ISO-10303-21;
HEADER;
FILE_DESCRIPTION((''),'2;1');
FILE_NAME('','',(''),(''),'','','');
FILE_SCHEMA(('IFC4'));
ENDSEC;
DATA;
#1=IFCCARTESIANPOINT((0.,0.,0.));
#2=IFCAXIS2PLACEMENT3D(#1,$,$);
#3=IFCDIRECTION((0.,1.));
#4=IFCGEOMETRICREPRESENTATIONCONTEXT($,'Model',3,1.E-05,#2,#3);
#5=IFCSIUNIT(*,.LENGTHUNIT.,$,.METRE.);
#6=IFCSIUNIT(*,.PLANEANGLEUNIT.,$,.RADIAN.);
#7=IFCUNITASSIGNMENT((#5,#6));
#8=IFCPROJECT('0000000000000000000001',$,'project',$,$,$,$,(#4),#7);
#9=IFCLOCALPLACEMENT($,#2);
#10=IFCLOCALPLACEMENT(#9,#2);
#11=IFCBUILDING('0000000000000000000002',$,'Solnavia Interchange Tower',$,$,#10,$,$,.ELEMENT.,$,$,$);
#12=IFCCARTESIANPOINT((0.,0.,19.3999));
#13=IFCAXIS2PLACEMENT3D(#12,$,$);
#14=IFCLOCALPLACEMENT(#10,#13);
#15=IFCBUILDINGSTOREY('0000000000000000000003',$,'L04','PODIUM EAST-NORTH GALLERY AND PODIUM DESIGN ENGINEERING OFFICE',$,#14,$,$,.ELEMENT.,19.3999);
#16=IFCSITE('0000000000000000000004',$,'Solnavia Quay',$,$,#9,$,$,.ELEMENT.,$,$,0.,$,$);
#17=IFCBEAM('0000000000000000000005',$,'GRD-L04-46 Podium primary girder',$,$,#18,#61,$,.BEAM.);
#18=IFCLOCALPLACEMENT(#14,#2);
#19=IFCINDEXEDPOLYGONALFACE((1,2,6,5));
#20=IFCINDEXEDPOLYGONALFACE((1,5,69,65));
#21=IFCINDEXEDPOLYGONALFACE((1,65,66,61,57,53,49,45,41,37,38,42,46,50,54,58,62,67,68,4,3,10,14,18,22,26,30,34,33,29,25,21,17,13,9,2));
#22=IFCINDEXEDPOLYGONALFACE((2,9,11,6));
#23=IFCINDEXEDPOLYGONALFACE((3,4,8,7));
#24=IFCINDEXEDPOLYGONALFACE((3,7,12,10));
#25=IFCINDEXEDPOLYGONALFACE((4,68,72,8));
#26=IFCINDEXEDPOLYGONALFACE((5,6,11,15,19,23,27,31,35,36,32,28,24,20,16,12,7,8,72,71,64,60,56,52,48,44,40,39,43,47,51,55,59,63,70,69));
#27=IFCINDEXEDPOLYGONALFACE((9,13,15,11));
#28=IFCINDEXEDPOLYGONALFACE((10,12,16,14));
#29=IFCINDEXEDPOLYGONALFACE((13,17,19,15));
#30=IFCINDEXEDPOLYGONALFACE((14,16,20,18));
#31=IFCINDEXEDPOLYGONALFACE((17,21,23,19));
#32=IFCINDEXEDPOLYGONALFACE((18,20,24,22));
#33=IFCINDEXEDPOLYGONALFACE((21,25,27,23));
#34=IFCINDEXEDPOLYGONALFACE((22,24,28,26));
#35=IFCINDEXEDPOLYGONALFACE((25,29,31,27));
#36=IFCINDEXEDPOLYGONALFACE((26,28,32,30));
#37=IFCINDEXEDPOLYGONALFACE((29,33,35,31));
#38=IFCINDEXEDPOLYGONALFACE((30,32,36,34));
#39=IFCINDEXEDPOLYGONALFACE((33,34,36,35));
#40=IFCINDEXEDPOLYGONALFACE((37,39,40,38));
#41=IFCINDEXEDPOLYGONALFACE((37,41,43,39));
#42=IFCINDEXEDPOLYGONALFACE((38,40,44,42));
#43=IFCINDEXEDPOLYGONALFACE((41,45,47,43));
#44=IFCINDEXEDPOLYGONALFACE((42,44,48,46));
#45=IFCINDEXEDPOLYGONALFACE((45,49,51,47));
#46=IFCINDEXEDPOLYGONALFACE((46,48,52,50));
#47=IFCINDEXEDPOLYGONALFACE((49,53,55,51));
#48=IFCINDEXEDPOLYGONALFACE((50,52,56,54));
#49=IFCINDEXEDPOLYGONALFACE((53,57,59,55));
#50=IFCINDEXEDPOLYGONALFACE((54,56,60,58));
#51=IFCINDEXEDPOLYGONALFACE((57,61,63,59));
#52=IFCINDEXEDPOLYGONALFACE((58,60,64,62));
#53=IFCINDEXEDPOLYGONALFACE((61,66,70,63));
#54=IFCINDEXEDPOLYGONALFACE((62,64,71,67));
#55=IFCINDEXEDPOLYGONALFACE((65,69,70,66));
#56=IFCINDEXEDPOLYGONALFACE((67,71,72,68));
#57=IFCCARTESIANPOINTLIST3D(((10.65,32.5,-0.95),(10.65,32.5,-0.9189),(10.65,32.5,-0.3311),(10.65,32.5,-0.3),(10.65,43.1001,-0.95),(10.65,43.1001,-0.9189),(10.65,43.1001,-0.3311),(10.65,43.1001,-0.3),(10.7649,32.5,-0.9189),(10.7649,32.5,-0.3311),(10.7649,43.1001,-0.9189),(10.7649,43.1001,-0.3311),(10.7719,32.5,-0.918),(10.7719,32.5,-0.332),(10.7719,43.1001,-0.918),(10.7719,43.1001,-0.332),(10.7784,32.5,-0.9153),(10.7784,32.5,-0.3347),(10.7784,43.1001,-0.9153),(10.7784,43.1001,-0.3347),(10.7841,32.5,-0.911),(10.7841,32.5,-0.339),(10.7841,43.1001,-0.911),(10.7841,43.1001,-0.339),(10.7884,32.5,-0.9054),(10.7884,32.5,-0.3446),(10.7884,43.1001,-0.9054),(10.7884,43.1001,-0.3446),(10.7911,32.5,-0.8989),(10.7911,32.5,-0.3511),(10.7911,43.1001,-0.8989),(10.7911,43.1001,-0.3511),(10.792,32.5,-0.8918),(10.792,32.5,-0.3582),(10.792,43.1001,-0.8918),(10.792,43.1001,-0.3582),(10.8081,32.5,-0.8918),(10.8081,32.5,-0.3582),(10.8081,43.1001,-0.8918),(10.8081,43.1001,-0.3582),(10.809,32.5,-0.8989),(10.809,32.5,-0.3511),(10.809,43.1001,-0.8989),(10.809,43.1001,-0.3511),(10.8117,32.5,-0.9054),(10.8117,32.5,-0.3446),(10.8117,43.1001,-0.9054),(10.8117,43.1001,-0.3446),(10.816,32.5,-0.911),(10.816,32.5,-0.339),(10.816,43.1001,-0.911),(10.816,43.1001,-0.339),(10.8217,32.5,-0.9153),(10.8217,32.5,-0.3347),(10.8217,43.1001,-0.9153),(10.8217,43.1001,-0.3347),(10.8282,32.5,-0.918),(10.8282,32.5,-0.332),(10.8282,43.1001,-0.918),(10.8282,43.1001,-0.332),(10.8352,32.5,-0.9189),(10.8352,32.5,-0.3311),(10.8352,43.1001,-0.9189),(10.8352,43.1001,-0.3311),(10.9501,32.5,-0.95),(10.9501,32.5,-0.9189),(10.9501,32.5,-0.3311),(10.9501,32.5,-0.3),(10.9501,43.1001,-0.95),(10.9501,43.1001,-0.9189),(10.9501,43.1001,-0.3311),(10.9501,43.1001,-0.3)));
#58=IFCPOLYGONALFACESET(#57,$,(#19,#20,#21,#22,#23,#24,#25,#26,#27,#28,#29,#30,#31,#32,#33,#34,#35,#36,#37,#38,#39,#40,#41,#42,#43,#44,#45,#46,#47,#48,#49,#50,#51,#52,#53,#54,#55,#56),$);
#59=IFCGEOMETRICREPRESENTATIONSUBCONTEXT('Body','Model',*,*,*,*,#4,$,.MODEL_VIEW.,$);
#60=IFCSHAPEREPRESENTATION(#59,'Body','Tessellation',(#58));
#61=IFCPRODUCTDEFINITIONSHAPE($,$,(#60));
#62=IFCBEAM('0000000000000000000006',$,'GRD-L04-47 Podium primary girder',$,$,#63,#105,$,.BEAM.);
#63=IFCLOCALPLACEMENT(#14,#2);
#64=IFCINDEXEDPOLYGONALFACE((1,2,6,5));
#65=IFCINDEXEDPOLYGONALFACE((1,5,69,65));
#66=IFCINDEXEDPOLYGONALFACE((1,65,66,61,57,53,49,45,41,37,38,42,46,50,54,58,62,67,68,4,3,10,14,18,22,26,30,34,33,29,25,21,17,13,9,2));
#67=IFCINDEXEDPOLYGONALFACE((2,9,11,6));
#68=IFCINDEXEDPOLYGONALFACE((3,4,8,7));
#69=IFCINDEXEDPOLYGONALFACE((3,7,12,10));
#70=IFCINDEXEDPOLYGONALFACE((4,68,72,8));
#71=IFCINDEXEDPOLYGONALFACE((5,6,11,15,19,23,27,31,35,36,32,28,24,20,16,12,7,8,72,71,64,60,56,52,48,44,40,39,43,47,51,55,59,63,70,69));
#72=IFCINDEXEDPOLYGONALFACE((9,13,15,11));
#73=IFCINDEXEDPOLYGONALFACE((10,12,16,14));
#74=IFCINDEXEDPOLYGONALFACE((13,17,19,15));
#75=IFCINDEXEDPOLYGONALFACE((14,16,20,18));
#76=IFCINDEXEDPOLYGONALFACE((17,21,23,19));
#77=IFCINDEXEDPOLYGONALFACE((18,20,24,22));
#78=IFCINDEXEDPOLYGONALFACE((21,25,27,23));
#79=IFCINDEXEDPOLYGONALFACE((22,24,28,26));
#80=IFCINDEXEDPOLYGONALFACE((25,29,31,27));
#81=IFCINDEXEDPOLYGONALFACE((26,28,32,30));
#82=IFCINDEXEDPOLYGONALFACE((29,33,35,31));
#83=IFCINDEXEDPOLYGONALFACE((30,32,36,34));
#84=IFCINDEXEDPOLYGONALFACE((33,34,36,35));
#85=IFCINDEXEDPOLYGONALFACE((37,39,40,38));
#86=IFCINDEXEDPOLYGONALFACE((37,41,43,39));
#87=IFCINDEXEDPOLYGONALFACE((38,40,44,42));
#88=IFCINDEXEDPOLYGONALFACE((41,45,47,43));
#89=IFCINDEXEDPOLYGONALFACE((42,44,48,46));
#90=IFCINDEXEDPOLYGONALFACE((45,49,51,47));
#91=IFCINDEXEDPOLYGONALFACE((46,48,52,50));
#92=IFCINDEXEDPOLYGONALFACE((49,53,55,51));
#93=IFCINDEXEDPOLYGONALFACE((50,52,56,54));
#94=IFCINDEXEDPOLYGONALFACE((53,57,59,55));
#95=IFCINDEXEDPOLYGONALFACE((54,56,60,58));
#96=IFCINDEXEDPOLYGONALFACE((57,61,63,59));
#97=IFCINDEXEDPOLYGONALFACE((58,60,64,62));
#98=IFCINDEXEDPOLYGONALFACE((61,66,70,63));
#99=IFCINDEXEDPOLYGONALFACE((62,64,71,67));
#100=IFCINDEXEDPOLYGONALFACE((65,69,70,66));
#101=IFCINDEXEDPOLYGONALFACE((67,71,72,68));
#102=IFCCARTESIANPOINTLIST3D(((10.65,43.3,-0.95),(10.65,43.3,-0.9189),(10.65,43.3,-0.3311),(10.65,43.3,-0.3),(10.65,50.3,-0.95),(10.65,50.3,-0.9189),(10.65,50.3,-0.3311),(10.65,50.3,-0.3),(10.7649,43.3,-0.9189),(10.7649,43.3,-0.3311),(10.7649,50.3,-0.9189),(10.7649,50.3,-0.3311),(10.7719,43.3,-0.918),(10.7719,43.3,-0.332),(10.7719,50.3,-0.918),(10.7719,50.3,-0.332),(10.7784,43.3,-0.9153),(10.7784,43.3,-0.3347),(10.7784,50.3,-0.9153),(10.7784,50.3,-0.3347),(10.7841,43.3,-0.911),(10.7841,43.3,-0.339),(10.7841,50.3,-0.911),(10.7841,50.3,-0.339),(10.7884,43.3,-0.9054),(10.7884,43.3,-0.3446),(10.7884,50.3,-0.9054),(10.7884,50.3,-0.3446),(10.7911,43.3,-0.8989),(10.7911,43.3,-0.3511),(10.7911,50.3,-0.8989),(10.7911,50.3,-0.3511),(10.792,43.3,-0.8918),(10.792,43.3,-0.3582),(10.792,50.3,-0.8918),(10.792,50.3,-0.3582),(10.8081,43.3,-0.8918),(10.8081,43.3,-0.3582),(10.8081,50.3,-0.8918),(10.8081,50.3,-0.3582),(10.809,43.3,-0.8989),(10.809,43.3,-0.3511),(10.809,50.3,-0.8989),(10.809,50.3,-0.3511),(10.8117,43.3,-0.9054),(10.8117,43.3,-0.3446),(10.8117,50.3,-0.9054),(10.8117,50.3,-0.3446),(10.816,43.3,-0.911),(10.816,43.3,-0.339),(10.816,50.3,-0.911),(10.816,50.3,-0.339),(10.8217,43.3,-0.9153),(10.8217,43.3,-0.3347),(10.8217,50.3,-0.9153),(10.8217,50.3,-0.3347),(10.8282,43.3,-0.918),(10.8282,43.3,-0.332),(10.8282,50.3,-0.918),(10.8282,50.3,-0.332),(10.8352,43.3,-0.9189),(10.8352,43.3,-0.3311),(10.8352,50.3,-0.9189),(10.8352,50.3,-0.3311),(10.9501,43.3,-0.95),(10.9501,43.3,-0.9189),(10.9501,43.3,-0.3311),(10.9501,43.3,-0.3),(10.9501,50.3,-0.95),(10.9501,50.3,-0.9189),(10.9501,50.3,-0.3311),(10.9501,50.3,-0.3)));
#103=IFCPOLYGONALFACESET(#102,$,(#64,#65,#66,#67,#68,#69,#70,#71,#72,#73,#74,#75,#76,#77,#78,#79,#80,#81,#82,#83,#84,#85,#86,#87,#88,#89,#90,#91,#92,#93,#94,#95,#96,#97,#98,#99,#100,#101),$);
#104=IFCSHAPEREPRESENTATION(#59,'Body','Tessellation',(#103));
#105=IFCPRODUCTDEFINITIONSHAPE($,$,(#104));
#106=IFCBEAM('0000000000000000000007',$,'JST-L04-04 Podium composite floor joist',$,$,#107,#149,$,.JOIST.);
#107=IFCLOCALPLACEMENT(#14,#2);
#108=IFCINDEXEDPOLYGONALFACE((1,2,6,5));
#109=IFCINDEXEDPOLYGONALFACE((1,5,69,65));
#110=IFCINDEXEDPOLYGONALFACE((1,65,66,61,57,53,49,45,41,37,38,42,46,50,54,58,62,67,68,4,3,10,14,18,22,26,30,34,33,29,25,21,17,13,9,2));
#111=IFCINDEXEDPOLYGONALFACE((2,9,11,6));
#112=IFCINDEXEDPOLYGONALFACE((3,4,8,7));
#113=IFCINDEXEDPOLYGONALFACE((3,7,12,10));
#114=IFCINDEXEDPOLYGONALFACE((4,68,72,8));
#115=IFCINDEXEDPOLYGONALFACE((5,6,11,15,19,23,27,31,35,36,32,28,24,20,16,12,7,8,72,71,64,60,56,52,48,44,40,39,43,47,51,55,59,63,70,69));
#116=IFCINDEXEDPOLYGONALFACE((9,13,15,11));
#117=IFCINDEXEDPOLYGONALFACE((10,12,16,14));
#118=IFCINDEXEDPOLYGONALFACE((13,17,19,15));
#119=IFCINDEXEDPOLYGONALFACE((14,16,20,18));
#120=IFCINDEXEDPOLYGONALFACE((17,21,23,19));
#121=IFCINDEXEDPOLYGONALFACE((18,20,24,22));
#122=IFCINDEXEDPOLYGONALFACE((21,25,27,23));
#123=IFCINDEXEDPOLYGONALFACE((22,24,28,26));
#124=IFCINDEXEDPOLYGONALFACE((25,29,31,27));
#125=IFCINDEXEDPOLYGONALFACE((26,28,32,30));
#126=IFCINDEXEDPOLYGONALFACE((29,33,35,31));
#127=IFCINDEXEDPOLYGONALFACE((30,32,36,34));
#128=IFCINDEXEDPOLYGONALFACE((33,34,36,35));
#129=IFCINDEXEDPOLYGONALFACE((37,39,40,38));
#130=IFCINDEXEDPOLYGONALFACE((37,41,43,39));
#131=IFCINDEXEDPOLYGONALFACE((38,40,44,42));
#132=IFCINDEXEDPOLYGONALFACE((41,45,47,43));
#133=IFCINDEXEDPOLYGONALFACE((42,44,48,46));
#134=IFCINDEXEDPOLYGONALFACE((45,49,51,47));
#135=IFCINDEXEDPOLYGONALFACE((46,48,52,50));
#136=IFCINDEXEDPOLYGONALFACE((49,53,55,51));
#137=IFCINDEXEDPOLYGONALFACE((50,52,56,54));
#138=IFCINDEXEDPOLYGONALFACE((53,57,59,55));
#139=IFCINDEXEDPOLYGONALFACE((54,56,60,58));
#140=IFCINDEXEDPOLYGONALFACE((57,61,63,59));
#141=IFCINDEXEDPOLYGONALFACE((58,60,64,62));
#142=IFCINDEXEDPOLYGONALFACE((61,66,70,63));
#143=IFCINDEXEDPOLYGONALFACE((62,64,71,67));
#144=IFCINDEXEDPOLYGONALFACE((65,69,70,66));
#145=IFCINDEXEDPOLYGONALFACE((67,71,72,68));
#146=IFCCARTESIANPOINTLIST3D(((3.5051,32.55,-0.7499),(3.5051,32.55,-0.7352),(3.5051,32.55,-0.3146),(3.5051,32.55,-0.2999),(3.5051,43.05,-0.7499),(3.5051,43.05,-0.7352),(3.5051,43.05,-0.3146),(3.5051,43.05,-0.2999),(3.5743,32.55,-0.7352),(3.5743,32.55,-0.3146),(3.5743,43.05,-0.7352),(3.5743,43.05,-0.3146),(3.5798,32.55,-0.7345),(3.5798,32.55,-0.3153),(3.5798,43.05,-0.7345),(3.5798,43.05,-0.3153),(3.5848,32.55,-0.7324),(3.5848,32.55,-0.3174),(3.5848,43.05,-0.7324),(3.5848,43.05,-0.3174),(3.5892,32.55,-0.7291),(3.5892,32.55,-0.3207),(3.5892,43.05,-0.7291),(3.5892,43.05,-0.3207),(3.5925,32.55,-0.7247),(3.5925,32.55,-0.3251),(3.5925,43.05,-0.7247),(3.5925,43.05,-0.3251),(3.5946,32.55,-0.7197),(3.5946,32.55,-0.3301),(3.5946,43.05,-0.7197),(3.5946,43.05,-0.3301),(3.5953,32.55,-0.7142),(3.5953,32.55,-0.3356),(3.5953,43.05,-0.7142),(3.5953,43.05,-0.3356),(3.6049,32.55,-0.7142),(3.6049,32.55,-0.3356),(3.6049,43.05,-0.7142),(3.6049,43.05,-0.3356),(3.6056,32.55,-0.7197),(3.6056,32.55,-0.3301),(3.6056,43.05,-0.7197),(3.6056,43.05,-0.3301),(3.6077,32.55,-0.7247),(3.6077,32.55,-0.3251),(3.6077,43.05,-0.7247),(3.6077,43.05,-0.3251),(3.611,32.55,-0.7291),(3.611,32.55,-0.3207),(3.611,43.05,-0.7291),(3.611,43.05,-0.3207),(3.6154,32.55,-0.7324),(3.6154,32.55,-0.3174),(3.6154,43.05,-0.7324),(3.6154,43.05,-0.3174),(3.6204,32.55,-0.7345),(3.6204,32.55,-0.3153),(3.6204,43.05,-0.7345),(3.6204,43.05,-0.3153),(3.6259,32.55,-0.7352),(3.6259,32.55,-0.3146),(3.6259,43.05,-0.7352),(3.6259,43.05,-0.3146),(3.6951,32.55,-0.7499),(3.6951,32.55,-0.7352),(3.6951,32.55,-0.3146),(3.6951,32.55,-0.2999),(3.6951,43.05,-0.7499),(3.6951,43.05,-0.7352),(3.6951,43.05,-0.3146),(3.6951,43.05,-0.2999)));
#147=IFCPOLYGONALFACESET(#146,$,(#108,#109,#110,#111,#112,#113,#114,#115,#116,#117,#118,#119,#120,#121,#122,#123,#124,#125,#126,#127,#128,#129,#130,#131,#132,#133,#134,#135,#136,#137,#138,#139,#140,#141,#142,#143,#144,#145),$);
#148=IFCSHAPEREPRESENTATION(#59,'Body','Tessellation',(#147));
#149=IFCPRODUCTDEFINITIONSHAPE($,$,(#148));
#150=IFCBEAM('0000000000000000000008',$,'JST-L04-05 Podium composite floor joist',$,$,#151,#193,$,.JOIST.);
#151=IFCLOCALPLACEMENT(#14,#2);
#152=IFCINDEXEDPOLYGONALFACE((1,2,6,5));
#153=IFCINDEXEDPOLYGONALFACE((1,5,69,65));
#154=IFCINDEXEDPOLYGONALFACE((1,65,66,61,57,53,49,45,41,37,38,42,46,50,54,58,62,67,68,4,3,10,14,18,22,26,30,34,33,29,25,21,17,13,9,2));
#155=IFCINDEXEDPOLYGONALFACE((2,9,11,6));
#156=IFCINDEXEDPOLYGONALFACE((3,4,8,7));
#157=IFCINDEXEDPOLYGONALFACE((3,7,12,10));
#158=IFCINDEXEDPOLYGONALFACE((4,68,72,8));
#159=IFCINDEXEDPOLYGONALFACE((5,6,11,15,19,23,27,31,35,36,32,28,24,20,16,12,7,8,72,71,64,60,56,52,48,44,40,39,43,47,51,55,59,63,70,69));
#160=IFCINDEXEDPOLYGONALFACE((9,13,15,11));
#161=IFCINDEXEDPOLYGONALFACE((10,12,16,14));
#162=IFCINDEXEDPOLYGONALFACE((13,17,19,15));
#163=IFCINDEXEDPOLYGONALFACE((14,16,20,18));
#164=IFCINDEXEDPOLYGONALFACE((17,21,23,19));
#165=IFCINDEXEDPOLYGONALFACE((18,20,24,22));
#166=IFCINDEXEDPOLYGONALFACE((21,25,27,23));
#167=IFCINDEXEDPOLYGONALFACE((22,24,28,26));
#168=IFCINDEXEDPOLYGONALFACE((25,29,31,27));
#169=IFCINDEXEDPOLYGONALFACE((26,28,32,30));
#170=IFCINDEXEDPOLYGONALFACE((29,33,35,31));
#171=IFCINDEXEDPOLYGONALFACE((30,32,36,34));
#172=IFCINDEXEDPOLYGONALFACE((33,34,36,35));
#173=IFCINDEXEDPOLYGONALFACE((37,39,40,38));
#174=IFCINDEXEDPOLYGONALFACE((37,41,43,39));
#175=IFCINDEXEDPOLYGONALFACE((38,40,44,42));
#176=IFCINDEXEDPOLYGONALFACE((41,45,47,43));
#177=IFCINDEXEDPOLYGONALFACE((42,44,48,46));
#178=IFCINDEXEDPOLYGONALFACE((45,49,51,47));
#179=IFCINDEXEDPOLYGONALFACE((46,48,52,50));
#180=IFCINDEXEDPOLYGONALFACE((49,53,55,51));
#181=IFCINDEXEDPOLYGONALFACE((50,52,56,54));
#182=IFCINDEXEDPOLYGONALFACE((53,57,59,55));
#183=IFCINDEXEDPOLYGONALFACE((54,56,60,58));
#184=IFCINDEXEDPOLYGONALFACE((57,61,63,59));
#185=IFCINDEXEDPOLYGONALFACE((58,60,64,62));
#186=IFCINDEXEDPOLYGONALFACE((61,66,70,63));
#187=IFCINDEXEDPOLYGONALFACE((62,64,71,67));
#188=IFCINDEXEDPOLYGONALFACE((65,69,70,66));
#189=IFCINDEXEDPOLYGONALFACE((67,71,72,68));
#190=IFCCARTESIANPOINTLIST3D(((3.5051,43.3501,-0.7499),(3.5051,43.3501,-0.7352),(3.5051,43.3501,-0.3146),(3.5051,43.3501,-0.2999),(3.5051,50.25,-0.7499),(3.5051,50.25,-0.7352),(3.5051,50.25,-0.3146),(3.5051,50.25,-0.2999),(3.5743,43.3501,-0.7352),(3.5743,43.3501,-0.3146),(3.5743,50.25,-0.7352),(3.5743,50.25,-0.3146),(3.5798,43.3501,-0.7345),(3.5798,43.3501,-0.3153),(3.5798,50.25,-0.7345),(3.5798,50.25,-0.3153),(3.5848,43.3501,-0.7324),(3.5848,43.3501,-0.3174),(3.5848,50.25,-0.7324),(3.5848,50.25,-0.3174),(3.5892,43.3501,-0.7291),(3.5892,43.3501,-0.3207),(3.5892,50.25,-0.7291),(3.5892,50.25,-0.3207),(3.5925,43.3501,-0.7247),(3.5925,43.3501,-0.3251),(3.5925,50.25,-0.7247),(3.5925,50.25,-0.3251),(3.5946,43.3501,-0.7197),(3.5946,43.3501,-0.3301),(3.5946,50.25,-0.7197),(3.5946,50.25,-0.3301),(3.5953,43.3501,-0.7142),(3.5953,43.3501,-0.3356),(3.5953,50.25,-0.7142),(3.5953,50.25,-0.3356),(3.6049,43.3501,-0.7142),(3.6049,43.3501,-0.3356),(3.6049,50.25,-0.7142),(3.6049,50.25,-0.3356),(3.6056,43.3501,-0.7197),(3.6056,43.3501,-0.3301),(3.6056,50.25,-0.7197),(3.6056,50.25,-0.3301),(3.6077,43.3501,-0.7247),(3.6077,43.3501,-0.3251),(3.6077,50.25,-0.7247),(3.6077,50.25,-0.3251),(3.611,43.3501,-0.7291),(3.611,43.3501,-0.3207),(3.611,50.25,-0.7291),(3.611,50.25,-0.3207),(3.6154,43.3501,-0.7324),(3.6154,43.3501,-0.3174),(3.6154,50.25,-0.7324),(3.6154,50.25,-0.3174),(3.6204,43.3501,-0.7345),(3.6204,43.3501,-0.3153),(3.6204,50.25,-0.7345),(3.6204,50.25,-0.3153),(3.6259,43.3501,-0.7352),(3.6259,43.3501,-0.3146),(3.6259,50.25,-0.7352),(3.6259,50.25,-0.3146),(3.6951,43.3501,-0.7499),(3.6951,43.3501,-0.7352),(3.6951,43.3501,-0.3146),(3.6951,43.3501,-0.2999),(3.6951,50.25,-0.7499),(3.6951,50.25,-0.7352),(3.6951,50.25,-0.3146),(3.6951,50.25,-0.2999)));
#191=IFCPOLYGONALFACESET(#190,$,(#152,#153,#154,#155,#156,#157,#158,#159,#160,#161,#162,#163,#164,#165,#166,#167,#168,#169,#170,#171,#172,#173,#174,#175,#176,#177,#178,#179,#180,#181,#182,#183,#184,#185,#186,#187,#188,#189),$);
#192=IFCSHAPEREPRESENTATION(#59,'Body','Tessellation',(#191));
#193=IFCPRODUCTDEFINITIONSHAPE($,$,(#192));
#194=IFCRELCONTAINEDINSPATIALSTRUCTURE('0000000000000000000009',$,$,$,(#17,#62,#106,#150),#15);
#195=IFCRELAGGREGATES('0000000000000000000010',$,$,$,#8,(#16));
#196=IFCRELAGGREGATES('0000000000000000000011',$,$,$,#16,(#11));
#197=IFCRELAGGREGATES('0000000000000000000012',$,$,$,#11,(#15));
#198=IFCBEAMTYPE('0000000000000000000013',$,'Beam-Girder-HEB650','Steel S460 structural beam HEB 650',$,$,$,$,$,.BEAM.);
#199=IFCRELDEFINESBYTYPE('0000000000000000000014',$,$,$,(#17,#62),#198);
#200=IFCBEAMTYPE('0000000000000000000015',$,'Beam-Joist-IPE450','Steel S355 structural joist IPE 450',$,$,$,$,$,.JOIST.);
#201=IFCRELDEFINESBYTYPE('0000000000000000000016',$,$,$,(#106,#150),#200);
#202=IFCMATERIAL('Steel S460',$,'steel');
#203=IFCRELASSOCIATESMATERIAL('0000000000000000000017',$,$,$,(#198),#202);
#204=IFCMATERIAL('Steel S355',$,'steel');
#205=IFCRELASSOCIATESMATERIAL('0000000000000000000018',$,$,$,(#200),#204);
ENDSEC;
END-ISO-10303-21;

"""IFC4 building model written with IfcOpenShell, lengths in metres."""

from ifc_helpers import new_model, si_unit, direction, frame, origin, origin_2d, place, context, subcontext, project, spatial, i_section, extrude, material, material_profile, profile_set, type_object, element, save


model = new_model("IFC4")

# Units and contexts
model_context = context("Model", 3, precision=1e-05, world=origin(), true_north=direction((0.0, 1.0)))
body_context = subcontext(model_context, "Body", "Model", "MODEL_VIEW")
ifc_project = project(units=[si_unit("LENGTHUNIT", "METRE"), si_unit("PLANEANGLEUNIT", "RADIAN")], contexts=[model_context])

# Site, building, storey
site_placement = place(None, origin())
site = spatial("IfcSite", under=ifc_project, at=site_placement, Name="Solnavia Quay", CompositionType="ELEMENT", RefElevation=0.0)
building_placement = place(site_placement, origin())
building = spatial("IfcBuilding", under=site, at=building_placement, Name="Solnavia Interchange Tower", CompositionType="ELEMENT")
storey_placement = place(building_placement, frame((0.0, 0.0, 19.3999)))
storey = spatial("IfcBuildingStorey", under=building, at=storey_placement, Name="L04", Description="PODIUM EAST-NORTH GALLERY AND PODIUM DESIGN ENGINEERING OFFICE", CompositionType="ELEMENT", Elevation=19.3999)

# Beams
ifc_material_1 = material(Name="Steel S460", Category="steel")
ifc_material_profile_1 = material_profile(ifc_material_1, i_section(OverallWidth=0.3, OverallDepth=0.6499, WebThickness=0.0161, FlangeThickness=0.031, FilletRadius=0.0271, at=origin_2d()), Name="HEB 650")
ifc_profile_set_1 = profile_set([ifc_material_profile_1], Name="Steel S460")
beam_type_1 = type_object("IfcBeamType", Name="Beam-Girder-HEB650", Description="Steel S460 structural beam HEB 650", PredefinedType="BEAM", material=ifc_profile_set_1)
beam_1_placement = place(storey_placement, frame((10.8, 32.5, -0.625), z_axis=(0.0, 1.0, 0.0), x_axis=(-1.0, 0.0, 0.0)))
element("IfcBeam", 1, at=beam_1_placement, inside=storey, type_object=beam_type_1, Name="GRD-L04-46 Podium primary girder", PredefinedType="BEAM", context=body_context, shape_type="SweptSolid", body=[
    extrude(i_section(OverallWidth=0.3, OverallDepth=0.6499, WebThickness=0.0161, FlangeThickness=0.031, FilletRadius=0.0271, at=origin_2d()), origin(), (0.0, 0.0, 1.0), 10.6001),
])
beam_2_placement = place(storey_placement, frame((10.8, 43.3, -0.625), z_axis=(0.0, 1.0, 0.0), x_axis=(-1.0, 0.0, 0.0)))
element("IfcBeam", 2, at=beam_2_placement, inside=storey, type_object=beam_type_1, Name="GRD-L04-47 Podium primary girder", PredefinedType="BEAM", context=body_context, shape_type="SweptSolid", body=[
    extrude(i_section(OverallWidth=0.3, OverallDepth=0.6499, WebThickness=0.0161, FlangeThickness=0.031, FilletRadius=0.0271, at=origin_2d()), origin(), (0.0, 0.0, 1.0), 7.0),
])
ifc_material_2 = material(Name="Steel S355", Category="steel")
ifc_material_profile_2 = material_profile(ifc_material_2, i_section(OverallWidth=0.1899, OverallDepth=0.45, WebThickness=0.0095, FlangeThickness=0.0146, FilletRadius=0.021, at=origin_2d()), Name="IPE 450")
ifc_profile_set_2 = profile_set([ifc_material_profile_2], Name="Steel S355")
beam_type_2 = type_object("IfcBeamType", Name="Beam-Joist-IPE450", Description="Steel S355 structural joist IPE 450", PredefinedType="JOIST", material=ifc_profile_set_2)
beam_3_placement = place(storey_placement, frame((3.6001, 32.55, -0.5249), z_axis=(0.0, 1.0, 0.0), x_axis=(-1.0, 0.0, 0.0)))
element("IfcBeam", 3, at=beam_3_placement, inside=storey, type_object=beam_type_2, Name="JST-L04-04 Podium composite floor joist", PredefinedType="JOIST", context=body_context, shape_type="SweptSolid", body=[
    extrude(i_section(OverallWidth=0.1899, OverallDepth=0.45, WebThickness=0.0095, FlangeThickness=0.0146, FilletRadius=0.021, at=origin_2d()), origin(), (0.0, 0.0, 1.0), 10.5),
])
beam_4_placement = place(storey_placement, frame((3.6001, 43.3501, -0.5249), z_axis=(0.0, 1.0, 0.0), x_axis=(-1.0, 0.0, 0.0)))
element("IfcBeam", 4, at=beam_4_placement, inside=storey, type_object=beam_type_2, Name="JST-L04-05 Podium composite floor joist", PredefinedType="JOIST", context=body_context, shape_type="SweptSolid", body=[
    extrude(i_section(OverallWidth=0.1899, OverallDepth=0.45, WebThickness=0.0095, FlangeThickness=0.0146, FilletRadius=0.021, at=origin_2d()), origin(), (0.0, 0.0, 1.0), 6.8999),
])

save(model, "model.ifc")
